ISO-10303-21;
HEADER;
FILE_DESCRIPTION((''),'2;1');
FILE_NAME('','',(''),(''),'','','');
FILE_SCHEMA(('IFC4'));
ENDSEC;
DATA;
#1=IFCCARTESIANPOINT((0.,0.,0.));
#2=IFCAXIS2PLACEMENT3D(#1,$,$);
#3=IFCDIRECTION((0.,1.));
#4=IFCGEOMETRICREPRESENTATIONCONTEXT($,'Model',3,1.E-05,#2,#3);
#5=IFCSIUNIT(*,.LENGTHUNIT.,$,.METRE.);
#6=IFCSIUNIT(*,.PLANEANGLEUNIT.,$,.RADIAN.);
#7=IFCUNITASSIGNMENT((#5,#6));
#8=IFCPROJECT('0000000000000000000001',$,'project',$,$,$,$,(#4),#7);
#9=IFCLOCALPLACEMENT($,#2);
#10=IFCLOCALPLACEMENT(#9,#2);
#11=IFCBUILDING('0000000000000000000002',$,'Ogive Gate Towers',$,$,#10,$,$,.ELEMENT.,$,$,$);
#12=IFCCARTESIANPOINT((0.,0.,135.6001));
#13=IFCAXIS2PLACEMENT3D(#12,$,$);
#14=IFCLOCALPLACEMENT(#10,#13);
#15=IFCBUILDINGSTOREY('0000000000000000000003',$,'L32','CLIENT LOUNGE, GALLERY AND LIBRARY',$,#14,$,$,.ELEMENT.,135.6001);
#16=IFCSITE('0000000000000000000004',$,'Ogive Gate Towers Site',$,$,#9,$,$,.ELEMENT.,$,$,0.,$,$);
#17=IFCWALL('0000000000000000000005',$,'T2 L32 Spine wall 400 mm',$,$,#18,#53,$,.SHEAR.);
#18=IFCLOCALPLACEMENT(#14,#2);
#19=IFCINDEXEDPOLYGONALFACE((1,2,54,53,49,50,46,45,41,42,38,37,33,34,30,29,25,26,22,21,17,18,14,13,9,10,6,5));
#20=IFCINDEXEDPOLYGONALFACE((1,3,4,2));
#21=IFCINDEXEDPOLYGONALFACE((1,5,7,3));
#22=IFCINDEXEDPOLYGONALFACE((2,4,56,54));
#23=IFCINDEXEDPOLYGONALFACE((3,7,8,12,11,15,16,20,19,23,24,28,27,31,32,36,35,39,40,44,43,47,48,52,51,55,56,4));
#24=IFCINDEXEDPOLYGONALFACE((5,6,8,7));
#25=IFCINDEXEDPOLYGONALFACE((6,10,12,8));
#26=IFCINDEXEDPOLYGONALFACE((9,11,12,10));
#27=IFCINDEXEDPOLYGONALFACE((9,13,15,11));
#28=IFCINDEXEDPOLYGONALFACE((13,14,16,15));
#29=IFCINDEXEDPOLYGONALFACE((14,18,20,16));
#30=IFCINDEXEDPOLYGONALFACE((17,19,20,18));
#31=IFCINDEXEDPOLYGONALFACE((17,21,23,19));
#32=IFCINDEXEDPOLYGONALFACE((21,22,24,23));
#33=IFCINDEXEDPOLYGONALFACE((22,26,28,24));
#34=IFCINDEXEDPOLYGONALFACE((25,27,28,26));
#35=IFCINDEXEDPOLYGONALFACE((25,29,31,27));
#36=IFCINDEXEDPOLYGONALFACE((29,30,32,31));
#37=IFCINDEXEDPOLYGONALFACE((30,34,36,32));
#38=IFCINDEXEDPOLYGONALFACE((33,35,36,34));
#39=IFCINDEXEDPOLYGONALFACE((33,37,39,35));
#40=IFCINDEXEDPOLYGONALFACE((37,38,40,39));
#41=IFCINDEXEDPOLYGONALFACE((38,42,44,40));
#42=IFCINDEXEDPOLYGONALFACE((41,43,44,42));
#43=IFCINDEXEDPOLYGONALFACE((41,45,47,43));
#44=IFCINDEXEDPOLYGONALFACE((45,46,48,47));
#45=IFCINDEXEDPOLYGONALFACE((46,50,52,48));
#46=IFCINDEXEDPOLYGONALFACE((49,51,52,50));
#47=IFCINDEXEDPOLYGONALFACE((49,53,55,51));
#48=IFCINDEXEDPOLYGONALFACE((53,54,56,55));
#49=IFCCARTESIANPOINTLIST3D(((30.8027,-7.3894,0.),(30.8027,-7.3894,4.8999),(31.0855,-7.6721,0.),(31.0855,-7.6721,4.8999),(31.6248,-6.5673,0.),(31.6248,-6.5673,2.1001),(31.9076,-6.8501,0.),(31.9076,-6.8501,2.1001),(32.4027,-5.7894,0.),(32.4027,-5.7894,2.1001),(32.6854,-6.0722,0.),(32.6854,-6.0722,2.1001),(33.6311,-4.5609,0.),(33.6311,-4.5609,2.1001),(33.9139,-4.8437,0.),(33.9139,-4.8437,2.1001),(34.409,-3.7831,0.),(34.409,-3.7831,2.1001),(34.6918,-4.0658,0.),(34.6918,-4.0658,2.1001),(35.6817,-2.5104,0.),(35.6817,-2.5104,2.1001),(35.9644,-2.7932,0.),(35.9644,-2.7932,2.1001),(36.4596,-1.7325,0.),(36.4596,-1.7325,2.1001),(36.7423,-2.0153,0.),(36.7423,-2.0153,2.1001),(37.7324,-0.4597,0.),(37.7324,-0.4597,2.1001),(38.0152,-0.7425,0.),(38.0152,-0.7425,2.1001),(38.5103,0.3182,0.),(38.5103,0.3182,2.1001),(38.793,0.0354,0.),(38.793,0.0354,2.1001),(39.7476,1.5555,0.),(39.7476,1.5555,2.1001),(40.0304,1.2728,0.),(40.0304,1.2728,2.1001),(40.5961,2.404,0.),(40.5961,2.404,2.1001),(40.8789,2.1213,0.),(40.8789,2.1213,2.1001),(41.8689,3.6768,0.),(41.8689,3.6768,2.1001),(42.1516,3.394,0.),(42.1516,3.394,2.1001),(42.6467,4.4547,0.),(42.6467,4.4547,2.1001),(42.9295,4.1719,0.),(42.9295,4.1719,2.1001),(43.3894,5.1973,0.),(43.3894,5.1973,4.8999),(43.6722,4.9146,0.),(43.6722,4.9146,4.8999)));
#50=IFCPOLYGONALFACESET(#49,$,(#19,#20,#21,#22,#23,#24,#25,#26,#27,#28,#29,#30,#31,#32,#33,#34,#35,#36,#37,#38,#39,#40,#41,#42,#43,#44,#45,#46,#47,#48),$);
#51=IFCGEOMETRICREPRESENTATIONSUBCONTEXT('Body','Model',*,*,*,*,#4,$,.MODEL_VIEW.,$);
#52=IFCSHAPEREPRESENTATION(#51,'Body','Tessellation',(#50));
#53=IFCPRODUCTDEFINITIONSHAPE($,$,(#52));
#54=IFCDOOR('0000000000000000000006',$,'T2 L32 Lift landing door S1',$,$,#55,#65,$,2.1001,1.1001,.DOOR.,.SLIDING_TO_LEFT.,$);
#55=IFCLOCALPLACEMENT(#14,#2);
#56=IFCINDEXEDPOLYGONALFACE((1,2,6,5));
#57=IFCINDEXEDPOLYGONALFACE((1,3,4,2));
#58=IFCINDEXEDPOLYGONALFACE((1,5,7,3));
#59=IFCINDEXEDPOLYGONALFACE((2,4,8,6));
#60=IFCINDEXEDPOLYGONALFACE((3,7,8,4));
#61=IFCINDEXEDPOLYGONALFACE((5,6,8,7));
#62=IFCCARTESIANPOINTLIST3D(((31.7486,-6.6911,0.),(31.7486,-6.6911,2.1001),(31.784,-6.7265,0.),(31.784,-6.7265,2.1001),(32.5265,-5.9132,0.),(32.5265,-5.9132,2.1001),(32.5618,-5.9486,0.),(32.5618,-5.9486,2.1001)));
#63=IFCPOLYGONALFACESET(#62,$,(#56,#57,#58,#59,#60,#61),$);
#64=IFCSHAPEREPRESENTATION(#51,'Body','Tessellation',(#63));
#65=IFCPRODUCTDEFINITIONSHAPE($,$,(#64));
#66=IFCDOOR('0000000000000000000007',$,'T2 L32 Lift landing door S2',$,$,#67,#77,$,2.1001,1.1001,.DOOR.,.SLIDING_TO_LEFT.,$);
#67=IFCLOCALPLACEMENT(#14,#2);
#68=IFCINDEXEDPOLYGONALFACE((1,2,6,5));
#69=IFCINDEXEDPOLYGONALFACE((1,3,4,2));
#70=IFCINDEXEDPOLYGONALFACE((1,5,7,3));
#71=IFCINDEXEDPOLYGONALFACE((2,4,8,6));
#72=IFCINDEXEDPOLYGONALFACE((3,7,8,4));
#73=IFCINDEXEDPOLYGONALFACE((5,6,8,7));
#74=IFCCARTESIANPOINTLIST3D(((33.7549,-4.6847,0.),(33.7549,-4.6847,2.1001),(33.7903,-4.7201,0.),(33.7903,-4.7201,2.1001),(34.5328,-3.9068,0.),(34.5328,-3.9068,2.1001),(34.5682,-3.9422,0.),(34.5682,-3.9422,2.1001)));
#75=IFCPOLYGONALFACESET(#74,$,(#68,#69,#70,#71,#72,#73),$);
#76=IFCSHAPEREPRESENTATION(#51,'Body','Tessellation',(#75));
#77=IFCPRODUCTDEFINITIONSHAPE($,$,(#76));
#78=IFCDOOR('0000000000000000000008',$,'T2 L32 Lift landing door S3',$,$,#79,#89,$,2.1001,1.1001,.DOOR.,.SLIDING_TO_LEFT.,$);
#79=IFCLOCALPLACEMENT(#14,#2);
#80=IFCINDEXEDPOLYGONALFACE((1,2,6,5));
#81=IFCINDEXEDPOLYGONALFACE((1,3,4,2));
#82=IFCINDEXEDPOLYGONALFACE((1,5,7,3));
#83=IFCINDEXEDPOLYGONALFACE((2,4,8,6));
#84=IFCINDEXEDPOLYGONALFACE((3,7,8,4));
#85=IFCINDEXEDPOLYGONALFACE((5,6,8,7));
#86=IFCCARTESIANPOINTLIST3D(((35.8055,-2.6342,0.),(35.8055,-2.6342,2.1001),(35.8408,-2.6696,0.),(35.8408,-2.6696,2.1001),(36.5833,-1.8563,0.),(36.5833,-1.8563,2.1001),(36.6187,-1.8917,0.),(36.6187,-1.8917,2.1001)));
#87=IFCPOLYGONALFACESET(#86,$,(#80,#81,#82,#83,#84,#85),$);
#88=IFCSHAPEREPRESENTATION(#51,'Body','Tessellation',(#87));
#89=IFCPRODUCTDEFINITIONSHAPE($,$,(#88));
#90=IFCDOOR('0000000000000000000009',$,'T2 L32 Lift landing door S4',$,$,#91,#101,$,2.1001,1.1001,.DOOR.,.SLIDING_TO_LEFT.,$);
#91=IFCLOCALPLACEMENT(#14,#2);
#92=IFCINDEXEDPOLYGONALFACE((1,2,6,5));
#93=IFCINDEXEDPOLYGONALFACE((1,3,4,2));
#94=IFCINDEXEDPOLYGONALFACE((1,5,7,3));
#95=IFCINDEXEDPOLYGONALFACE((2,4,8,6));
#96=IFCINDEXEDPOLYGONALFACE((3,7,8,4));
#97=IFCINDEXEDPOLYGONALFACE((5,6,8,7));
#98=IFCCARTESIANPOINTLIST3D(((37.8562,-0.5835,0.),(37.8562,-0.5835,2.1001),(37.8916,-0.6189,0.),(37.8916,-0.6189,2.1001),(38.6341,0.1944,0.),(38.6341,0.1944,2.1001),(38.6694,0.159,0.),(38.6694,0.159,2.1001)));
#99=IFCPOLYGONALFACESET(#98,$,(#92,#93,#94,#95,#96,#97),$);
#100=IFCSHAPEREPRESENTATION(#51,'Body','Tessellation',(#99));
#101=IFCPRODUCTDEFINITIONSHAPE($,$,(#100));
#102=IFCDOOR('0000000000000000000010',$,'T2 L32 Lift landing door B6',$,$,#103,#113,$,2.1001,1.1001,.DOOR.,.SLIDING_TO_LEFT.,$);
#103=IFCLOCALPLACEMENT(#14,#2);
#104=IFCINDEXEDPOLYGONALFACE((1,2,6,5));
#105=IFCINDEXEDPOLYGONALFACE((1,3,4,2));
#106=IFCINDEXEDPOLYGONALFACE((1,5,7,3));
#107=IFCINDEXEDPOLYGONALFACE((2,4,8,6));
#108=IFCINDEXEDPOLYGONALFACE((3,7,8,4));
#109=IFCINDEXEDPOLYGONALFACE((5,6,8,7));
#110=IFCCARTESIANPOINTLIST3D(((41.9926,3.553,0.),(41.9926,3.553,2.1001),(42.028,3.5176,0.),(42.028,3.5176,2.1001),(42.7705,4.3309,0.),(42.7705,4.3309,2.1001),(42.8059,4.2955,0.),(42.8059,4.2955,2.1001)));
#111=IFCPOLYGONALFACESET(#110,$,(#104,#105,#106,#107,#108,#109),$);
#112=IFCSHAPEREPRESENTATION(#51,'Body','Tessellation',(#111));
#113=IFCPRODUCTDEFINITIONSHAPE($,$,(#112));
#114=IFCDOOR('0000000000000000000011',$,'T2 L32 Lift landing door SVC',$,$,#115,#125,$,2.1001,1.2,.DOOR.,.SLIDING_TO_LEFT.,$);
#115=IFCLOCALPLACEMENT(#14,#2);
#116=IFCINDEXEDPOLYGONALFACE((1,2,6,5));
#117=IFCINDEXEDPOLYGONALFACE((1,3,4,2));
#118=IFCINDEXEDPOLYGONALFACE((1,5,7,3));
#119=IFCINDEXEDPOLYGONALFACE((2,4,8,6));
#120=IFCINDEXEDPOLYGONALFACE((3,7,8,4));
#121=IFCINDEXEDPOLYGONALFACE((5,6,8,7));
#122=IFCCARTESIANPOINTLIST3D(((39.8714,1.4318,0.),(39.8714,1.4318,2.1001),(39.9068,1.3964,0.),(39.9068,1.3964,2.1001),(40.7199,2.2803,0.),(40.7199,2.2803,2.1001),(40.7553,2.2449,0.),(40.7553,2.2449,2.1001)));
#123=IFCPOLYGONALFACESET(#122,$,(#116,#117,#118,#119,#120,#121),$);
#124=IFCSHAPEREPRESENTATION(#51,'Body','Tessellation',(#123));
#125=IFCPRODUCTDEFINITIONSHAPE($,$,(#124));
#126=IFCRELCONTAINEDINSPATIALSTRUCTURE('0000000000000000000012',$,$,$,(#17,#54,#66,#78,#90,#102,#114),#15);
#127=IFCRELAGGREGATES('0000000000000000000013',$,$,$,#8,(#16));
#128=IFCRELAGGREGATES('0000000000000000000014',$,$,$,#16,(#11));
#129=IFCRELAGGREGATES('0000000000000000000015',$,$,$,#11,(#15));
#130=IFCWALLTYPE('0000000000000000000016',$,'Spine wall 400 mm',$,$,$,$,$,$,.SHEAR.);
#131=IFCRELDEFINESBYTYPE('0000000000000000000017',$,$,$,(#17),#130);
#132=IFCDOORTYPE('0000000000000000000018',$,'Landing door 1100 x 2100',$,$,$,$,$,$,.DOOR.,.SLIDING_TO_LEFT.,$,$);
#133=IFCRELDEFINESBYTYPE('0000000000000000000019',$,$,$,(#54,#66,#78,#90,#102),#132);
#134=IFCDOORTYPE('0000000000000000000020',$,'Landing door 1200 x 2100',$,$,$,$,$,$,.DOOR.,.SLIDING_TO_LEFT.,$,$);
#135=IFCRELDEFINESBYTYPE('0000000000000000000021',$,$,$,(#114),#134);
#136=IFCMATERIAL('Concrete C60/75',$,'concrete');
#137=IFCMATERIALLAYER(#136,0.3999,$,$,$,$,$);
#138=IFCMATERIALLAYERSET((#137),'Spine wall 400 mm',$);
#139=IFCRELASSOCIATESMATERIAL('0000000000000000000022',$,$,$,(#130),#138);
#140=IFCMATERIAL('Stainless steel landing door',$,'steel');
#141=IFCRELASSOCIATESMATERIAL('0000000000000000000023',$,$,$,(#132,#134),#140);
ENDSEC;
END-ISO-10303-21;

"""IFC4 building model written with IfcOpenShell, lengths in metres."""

from ifc_helpers import new_model, si_unit, direction, frame, frame_2d, origin, place, context, subcontext, project, spatial, rectangle, extrude, material, layer, layer_set, type_object, element, fill, save


model = new_model("IFC4")

# Units and contexts
model_context = context("Model", 3, precision=1e-05, world=origin(), true_north=direction((0.0, 1.0)))
body_context = subcontext(model_context, "Body", "Model", "MODEL_VIEW")
ifc_project = project(units=[si_unit("LENGTHUNIT", "METRE"), si_unit("PLANEANGLEUNIT", "RADIAN")], contexts=[model_context])

# Site, building, storey
site_placement = place(None, origin())
site = spatial("IfcSite", under=ifc_project, at=site_placement, Name="Ogive Gate Towers Site", CompositionType="ELEMENT", RefElevation=0.0)
building_placement = place(site_placement, origin())
building = spatial("IfcBuilding", under=site, at=building_placement, Name="Ogive Gate Towers", CompositionType="ELEMENT")
storey_placement = place(building_placement, frame((0.0, 0.0, 135.6001)))
storey = spatial("IfcBuildingStorey", under=building, at=storey_placement, Name="L32", Description="CLIENT LOUNGE, GALLERY AND LIBRARY", CompositionType="ELEMENT", Elevation=135.6001)

# Shared definitions
ifc_material_1 = material(Name="Concrete C60/75", Category="concrete")

# Wall, openings, doors
ifc_layer_1 = layer(ifc_material_1, 0.3999)
ifc_layer_set_1 = layer_set([ifc_layer_1], Name="Spine wall 400 mm")
wall_type_1 = type_object("IfcWallType", Name="Spine wall 400 mm", PredefinedType="SHEAR", material=ifc_layer_set_1)
wall_1_placement = place(storey_placement, frame((30.9441, -7.5308, 0.0), z_axis=(0.0, 0.0, 1.0), x_axis=(0.707107, 0.707107, 0.0)))
wall_1 = element("IfcWall", 1, at=wall_1_placement, inside=storey, type_object=wall_type_1, Name="T2 L32 Spine wall 400 mm", PredefinedType="SHEAR", context=body_context, shape_type="SweptSolid", body=[
    extrude(rectangle(XDim=17.8003, YDim=0.3999, at=frame_2d((8.9001, 0.0))), origin(), (0.0, 0.0, 1.0), 4.8999),
])
opening_1_placement = place(wall_1_placement, frame((1.1626, 0.0, 0.0)))
opening_1 = element("IfcOpeningElement", 2, at=opening_1_placement, cuts=wall_1, PredefinedType="OPENING", context=body_context, shape_type="SweptSolid", body=[
    extrude(rectangle(XDim=1.1001, YDim=2.1001, at=frame_2d((0.55, 1.05))), frame((0.0, 0.21, 0.0), z_axis=(0.0, -1.0, 0.0), x_axis=(1.0, 0.0, 0.0)), (0.0, 0.0, 1.0), 0.4199),
])
opening_2_placement = place(wall_1_placement, frame((4.0, 0.0, 0.0)))
opening_2 = element("IfcOpeningElement", 3, at=opening_2_placement, cuts=wall_1, PredefinedType="OPENING", context=body_context, shape_type="SweptSolid", body=[
    extrude(rectangle(XDim=1.1001, YDim=2.1001, at=frame_2d((0.55, 1.05))), frame((0.0, 0.21, 0.0), z_axis=(0.0, -1.0, 0.0), x_axis=(1.0, 0.0, 0.0)), (0.0, 0.0, 1.0), 0.4199),
])
opening_3_placement = place(wall_1_placement, frame((6.8999, 0.0, 0.0)))
opening_3 = element("IfcOpeningElement", 4, at=opening_3_placement, cuts=wall_1, PredefinedType="OPENING", context=body_context, shape_type="SweptSolid", body=[
    extrude(rectangle(XDim=1.1001, YDim=2.1001, at=frame_2d((0.55, 1.05))), frame((0.0, 0.21, 0.0), z_axis=(0.0, -1.0, 0.0), x_axis=(1.0, 0.0, 0.0)), (0.0, 0.0, 1.0), 0.4199),
])
opening_4_placement = place(wall_1_placement, frame((9.8, 0.0, 0.0)))
opening_4 = element("IfcOpeningElement", 5, at=opening_4_placement, cuts=wall_1, PredefinedType="OPENING", context=body_context, shape_type="SweptSolid", body=[
    extrude(rectangle(XDim=1.1001, YDim=2.1001, at=frame_2d((0.55, 1.05))), frame((0.0, 0.21, 0.0), z_axis=(0.0, -1.0, 0.0), x_axis=(1.0, 0.0, 0.0)), (0.0, 0.0, 1.0), 0.4199),
])
opening_5_placement = place(wall_1_placement, frame((12.6499, 0.0, 0.0)))
opening_5 = element("IfcOpeningElement", 6, at=opening_5_placement, cuts=wall_1, PredefinedType="OPENING", context=body_context, shape_type="SweptSolid", body=[
    extrude(rectangle(XDim=1.2, YDim=2.1001, at=frame_2d((0.6001, 1.05))), frame((0.0, 0.21, 0.0), z_axis=(0.0, -1.0, 0.0), x_axis=(1.0, 0.0, 0.0)), (0.0, 0.0, 1.0), 0.4199),
])
opening_6_placement = place(wall_1_placement, frame((15.6499, 0.0, 0.0)))
opening_6 = element("IfcOpeningElement", 7, at=opening_6_placement, cuts=wall_1, PredefinedType="OPENING", context=body_context, shape_type="SweptSolid", body=[
    extrude(rectangle(XDim=1.1001, YDim=2.1001, at=frame_2d((0.55, 1.05))), frame((0.0, 0.21, 0.0), z_axis=(0.0, -1.0, 0.0), x_axis=(1.0, 0.0, 0.0)), (0.0, 0.0, 1.0), 0.4199),
])
ifc_material_2 = material(Name="Stainless steel landing door", Category="steel")
door_type_1 = type_object("IfcDoorType", Name="Landing door 1100 x 2100", OperationType="SLIDING_TO_LEFT", PredefinedType="DOOR", material=ifc_material_2)
door_1_placement = place(opening_1_placement, origin())
door_1 = element("IfcDoor", 8, at=door_1_placement, inside=storey, type_object=door_type_1, Name="T2 L32 Lift landing door S1", OperationType="SLIDING_TO_LEFT", OverallHeight=2.1001, OverallWidth=1.1001, PredefinedType="DOOR", context=body_context, shape_type="SweptSolid", body=[
    extrude(rectangle(XDim=1.1001, YDim=2.1001, at=frame_2d((0.55, 1.05))), frame((0.0, 0.0249, 0.0), z_axis=(0.0, -1.0, 0.0), x_axis=(1.0, 0.0, 0.0)), (0.0, 0.0, 1.0), 0.05),
])
fill(opening_1, door_1)
door_2_placement = place(opening_2_placement, origin())
door_2 = element("IfcDoor", 9, at=door_2_placement, inside=storey, type_object=door_type_1, Name="T2 L32 Lift landing door S2", OperationType="SLIDING_TO_LEFT", OverallHeight=2.1001, OverallWidth=1.1001, PredefinedType="DOOR", context=body_context, shape_type="SweptSolid", body=[
    extrude(rectangle(XDim=1.1001, YDim=2.1001, at=frame_2d((0.55, 1.05))), frame((0.0, 0.0249, 0.0), z_axis=(0.0, -1.0, 0.0), x_axis=(1.0, 0.0, 0.0)), (0.0, 0.0, 1.0), 0.05),
])
fill(opening_2, door_2)
door_3_placement = place(opening_3_placement, origin())
door_3 = element("IfcDoor", 10, at=door_3_placement, inside=storey, type_object=door_type_1, Name="T2 L32 Lift landing door S3", OperationType="SLIDING_TO_LEFT", OverallHeight=2.1001, OverallWidth=1.1001, PredefinedType="DOOR", context=body_context, shape_type="SweptSolid", body=[
    extrude(rectangle(XDim=1.1001, YDim=2.1001, at=frame_2d((0.55, 1.05))), frame((0.0, 0.0249, 0.0), z_axis=(0.0, -1.0, 0.0), x_axis=(1.0, 0.0, 0.0)), (0.0, 0.0, 1.0), 0.05),
])
fill(opening_3, door_3)
door_4_placement = place(opening_4_placement, origin())
door_4 = element("IfcDoor", 11, at=door_4_placement, inside=storey, type_object=door_type_1, Name="T2 L32 Lift landing door S4", OperationType="SLIDING_TO_LEFT", OverallHeight=2.1001, OverallWidth=1.1001, PredefinedType="DOOR", context=body_context, shape_type="SweptSolid", body=[
    extrude(rectangle(XDim=1.1001, YDim=2.1001, at=frame_2d((0.55, 1.05))), frame((0.0, 0.0249, 0.0), z_axis=(0.0, -1.0, 0.0), x_axis=(1.0, 0.0, 0.0)), (0.0, 0.0, 1.0), 0.05),
])
fill(opening_4, door_4)
door_5_placement = place(opening_6_placement, origin())
door_5 = element("IfcDoor", 12, at=door_5_placement, inside=storey, type_object=door_type_1, Name="T2 L32 Lift landing door B6", OperationType="SLIDING_TO_LEFT", OverallHeight=2.1001, OverallWidth=1.1001, PredefinedType="DOOR", context=body_context, shape_type="SweptSolid", body=[
    extrude(rectangle(XDim=1.1001, YDim=2.1001, at=frame_2d((0.55, 1.05))), frame((0.0, 0.0249, 0.0), z_axis=(0.0, -1.0, 0.0), x_axis=(1.0, 0.0, 0.0)), (0.0, 0.0, 1.0), 0.05),
])
fill(opening_6, door_5)
door_type_2 = type_object("IfcDoorType", Name="Landing door 1200 x 2100", OperationType="SLIDING_TO_LEFT", PredefinedType="DOOR", material=ifc_material_2)
door_6_placement = place(opening_5_placement, origin())
door_6 = element("IfcDoor", 13, at=door_6_placement, inside=storey, type_object=door_type_2, Name="T2 L32 Lift landing door SVC", OperationType="SLIDING_TO_LEFT", OverallHeight=2.1001, OverallWidth=1.2, PredefinedType="DOOR", context=body_context, shape_type="SweptSolid", body=[
    extrude(rectangle(XDim=1.2, YDim=2.1001, at=frame_2d((0.6001, 1.05))), frame((0.0, 0.0249, 0.0), z_axis=(0.0, -1.0, 0.0), x_axis=(1.0, 0.0, 0.0)), (0.0, 0.0, 1.0), 0.05),
])
fill(opening_5, door_6)

save(model, "model.ifc")
